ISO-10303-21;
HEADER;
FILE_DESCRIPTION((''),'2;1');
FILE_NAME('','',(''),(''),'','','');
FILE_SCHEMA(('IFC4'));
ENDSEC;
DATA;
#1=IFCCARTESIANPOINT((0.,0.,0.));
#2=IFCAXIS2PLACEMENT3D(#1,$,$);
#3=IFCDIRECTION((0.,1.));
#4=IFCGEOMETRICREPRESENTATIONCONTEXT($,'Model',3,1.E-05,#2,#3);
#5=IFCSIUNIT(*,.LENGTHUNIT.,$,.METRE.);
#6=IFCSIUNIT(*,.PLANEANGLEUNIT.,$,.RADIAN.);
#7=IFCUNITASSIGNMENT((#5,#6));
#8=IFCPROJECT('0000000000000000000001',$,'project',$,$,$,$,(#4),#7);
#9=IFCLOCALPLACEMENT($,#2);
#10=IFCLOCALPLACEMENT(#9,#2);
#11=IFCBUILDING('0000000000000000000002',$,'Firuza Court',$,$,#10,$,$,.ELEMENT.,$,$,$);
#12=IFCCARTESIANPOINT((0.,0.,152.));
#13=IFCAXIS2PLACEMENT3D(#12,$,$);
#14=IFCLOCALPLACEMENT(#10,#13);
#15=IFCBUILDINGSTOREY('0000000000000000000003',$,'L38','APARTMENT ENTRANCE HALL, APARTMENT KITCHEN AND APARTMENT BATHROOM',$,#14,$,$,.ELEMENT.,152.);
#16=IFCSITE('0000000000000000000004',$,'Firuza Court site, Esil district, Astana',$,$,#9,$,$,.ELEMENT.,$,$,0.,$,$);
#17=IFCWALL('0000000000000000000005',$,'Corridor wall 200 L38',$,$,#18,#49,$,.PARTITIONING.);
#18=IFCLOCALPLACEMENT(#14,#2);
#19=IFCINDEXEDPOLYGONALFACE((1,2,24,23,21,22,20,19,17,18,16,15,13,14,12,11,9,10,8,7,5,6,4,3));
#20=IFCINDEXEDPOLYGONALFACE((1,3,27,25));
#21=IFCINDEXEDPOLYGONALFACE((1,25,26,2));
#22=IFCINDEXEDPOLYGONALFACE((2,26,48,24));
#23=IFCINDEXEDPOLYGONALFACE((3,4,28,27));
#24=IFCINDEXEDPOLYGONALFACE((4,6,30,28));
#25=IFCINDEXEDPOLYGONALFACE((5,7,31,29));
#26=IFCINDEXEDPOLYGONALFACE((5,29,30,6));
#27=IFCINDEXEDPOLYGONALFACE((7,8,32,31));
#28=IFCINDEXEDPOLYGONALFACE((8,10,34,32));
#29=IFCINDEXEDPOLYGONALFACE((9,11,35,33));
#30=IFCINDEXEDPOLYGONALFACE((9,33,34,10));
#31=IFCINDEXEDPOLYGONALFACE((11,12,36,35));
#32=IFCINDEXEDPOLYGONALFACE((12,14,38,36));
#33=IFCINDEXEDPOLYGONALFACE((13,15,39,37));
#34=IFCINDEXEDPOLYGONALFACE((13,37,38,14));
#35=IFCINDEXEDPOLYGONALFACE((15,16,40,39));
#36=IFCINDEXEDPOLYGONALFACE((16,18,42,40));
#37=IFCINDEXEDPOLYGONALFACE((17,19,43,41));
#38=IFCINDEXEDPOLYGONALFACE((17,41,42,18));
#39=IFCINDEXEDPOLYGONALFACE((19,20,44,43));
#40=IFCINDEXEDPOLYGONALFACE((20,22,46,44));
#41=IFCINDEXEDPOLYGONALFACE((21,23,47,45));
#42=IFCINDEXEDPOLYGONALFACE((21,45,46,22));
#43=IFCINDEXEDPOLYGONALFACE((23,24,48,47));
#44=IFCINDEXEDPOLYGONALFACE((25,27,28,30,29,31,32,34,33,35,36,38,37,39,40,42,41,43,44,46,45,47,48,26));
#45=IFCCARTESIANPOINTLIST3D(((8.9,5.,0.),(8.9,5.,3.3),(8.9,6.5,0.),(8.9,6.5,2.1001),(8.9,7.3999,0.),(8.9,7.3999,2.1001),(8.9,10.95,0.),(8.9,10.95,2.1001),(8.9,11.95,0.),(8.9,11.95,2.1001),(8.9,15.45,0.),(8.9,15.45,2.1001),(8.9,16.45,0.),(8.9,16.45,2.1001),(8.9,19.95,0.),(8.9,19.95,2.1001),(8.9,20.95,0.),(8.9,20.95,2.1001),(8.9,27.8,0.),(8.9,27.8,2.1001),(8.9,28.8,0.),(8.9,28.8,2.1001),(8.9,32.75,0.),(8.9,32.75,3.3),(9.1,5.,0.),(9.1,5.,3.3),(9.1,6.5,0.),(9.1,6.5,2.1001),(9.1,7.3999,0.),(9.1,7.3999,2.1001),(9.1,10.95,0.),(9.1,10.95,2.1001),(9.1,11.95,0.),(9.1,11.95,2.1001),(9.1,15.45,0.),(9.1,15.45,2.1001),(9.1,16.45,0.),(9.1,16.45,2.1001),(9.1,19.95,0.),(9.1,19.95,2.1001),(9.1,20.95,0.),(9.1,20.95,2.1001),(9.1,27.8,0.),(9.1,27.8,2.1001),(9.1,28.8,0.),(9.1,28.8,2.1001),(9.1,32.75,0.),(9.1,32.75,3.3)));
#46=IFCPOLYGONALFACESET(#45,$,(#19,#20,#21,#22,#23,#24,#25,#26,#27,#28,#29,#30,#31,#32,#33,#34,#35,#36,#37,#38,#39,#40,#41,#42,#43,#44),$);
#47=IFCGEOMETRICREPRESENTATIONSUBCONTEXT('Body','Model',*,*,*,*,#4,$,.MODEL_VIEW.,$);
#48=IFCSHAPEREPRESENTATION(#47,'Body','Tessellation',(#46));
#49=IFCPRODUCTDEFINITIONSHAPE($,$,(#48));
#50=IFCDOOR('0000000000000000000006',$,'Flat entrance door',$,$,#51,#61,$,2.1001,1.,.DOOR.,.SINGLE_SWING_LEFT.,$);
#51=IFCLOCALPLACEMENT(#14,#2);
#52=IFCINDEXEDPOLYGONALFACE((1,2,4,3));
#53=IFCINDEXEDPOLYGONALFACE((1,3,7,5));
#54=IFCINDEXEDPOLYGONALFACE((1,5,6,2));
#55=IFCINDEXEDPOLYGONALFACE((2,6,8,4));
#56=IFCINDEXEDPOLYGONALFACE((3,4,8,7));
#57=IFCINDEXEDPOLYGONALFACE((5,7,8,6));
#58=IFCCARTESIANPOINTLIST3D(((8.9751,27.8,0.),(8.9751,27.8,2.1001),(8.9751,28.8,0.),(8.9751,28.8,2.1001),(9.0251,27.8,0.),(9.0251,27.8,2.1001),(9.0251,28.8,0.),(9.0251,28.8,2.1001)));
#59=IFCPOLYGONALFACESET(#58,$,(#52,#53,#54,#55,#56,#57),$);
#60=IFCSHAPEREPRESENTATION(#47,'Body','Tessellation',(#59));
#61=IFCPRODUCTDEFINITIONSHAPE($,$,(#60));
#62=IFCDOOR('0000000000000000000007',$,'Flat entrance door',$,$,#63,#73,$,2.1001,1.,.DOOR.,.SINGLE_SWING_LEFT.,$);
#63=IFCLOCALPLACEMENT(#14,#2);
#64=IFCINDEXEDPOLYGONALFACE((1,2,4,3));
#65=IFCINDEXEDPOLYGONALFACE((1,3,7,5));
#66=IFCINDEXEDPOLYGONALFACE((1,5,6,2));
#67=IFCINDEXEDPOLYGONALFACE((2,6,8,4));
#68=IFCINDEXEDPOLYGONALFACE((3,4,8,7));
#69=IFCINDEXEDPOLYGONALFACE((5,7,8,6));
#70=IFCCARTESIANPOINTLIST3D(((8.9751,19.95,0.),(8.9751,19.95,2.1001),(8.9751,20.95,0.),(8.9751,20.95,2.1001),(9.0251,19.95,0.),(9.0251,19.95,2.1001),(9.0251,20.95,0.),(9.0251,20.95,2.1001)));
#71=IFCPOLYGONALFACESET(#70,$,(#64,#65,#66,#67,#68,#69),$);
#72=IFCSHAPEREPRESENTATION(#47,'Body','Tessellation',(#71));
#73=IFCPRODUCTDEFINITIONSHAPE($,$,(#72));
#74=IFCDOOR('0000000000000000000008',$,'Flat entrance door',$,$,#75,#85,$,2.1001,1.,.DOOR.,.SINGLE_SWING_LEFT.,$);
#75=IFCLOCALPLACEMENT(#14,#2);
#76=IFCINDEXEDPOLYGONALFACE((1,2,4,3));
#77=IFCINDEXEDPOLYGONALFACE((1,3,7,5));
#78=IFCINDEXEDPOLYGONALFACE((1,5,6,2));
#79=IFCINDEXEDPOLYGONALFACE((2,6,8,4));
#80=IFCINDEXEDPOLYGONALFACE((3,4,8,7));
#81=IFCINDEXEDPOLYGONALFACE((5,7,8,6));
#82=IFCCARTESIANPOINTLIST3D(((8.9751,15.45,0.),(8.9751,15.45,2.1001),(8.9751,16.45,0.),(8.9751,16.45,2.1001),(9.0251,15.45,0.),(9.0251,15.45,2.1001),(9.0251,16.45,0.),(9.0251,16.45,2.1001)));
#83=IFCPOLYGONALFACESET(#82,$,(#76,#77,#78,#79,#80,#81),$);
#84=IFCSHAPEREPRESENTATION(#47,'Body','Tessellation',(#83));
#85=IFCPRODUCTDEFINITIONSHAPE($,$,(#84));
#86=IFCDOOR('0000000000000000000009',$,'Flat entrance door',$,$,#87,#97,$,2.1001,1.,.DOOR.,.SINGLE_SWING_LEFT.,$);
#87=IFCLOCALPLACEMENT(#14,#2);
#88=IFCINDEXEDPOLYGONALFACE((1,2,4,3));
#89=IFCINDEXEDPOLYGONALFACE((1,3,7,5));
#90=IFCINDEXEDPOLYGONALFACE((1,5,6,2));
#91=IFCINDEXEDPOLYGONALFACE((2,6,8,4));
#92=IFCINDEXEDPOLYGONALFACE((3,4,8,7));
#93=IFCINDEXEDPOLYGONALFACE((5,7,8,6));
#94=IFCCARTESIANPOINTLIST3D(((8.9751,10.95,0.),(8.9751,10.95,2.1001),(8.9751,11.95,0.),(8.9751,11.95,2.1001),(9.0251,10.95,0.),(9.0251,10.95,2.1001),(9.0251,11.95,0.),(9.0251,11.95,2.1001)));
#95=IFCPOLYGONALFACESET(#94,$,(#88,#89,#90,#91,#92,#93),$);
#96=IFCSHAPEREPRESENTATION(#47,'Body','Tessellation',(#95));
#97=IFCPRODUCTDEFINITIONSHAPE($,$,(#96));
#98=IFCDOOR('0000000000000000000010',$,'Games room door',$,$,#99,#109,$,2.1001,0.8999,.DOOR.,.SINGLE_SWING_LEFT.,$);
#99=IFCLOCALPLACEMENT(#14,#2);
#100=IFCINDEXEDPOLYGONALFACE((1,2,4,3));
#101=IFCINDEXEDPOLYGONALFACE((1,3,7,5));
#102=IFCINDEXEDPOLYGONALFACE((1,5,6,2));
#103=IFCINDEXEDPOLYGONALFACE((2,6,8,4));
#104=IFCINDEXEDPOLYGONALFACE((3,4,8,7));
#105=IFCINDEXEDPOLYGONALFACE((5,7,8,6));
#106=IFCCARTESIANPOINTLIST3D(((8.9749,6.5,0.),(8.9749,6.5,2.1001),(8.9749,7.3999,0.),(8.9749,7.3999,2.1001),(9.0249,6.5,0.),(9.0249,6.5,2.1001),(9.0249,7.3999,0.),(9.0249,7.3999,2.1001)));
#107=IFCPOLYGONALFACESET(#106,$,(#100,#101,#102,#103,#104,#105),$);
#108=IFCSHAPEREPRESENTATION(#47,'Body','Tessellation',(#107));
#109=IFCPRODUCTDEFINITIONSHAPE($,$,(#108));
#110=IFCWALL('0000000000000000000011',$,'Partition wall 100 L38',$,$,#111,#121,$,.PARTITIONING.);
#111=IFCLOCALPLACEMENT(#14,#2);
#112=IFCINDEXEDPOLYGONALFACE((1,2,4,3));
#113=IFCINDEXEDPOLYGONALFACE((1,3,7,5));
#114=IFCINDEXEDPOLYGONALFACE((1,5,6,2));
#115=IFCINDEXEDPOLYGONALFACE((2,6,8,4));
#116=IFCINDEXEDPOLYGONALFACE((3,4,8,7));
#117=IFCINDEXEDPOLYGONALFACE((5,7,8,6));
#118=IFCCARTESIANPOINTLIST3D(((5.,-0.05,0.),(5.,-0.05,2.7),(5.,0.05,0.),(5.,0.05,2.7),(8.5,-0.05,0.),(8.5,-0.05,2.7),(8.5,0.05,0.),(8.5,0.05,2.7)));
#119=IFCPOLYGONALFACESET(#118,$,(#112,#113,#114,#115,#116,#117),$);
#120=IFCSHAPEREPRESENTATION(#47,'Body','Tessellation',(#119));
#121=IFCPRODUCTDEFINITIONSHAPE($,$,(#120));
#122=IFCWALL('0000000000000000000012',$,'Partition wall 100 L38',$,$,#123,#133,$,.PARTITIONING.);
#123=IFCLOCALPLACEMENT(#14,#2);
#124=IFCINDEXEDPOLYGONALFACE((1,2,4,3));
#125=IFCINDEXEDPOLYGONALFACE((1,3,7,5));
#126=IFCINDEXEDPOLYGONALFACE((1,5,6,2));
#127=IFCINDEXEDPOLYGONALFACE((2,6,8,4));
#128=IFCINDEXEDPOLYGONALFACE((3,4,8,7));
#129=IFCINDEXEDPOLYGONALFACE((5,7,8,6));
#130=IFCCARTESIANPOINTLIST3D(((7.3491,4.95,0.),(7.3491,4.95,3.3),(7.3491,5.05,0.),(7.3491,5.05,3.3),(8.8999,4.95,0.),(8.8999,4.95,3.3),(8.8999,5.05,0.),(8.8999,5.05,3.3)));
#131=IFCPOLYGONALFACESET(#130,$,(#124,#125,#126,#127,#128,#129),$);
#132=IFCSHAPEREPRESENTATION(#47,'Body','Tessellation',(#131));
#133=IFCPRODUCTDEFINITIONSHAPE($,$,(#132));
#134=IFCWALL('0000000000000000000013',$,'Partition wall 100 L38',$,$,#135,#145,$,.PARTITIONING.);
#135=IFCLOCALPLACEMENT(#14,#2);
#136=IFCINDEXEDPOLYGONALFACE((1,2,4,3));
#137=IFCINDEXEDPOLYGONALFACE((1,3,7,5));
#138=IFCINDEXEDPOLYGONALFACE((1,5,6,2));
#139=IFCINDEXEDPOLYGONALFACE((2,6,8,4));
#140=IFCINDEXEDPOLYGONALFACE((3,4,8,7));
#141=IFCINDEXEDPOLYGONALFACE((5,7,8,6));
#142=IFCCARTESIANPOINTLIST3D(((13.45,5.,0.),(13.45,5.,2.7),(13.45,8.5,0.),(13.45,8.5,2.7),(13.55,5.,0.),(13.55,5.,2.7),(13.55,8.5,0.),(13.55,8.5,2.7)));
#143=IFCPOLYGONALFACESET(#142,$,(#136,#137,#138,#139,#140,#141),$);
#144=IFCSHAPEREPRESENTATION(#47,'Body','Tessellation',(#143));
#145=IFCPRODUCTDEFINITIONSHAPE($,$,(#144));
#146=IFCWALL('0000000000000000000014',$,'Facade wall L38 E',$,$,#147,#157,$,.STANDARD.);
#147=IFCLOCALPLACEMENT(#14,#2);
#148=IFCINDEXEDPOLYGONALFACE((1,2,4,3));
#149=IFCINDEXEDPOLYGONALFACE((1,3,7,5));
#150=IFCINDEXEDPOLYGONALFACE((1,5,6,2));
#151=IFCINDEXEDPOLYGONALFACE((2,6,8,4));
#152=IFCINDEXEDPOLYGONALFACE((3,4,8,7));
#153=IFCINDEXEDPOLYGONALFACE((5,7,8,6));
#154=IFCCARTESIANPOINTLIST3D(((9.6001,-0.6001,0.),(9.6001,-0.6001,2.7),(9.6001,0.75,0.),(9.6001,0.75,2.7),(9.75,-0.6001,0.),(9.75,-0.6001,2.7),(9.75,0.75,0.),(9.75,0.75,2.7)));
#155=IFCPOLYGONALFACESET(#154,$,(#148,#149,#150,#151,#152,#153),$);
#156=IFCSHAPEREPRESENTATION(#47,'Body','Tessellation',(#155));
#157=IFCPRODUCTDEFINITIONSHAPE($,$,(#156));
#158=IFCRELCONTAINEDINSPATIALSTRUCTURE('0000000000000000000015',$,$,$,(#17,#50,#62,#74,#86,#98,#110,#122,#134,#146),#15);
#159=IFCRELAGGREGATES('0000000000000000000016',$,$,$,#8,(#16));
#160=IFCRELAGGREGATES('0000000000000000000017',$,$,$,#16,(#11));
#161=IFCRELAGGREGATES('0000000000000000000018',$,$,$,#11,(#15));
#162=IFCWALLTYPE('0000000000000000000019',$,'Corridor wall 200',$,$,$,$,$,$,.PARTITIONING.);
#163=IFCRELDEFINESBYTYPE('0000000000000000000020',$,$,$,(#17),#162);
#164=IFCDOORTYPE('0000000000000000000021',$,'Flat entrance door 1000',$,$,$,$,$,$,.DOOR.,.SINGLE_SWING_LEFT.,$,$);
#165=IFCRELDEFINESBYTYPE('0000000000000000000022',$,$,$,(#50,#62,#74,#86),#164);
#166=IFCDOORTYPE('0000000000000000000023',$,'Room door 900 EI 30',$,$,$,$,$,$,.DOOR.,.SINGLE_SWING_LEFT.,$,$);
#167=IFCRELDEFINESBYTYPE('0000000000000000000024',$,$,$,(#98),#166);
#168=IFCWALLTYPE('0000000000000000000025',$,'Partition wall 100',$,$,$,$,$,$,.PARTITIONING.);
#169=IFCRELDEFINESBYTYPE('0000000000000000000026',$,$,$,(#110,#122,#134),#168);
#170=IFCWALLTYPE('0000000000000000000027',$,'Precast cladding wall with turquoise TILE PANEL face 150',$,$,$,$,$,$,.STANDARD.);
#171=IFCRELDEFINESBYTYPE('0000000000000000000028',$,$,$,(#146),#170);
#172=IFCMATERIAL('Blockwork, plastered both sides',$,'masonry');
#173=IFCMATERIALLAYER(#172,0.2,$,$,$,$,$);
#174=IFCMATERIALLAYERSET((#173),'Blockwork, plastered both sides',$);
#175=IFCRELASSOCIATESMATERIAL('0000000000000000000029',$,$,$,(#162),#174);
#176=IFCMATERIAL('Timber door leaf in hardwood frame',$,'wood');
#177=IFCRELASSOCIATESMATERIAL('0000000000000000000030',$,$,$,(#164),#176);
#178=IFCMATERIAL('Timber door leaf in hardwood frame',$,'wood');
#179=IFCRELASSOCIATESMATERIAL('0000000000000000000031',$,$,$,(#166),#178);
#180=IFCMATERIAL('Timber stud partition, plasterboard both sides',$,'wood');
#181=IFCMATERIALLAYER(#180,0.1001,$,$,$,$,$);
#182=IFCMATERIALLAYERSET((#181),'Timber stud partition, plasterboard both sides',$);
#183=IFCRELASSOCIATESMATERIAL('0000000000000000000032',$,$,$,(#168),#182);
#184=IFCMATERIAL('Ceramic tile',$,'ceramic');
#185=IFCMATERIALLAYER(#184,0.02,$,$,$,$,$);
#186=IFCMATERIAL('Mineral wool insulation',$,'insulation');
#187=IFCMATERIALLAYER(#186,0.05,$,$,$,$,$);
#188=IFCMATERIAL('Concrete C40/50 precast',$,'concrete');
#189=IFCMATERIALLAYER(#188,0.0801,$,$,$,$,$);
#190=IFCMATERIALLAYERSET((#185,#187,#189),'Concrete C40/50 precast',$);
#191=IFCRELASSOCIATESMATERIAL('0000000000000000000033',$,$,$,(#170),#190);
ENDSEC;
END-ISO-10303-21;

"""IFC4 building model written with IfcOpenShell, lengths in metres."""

from ifc_helpers import new_model, si_unit, direction, frame, frame_2d, origin, place, context, subcontext, project, spatial, rectangle, extrude, material, layer, layer_set, type_object, element, fill, save


model = new_model("IFC4")

# Units and contexts
model_context = context("Model", 3, precision=1e-05, world=origin(), true_north=direction((0.0, 1.0)))
body_context = subcontext(model_context, "Body", "Model", "MODEL_VIEW")
ifc_project = project(units=[si_unit("LENGTHUNIT", "METRE"), si_unit("PLANEANGLEUNIT", "RADIAN")], contexts=[model_context])

# Site, building, storey
site_placement = place(None, origin())
site = spatial("IfcSite", under=ifc_project, at=site_placement, Name="Firuza Court site, Esil district, Astana", CompositionType="ELEMENT", RefElevation=0.0)
building_placement = place(site_placement, origin())
building = spatial("IfcBuilding", under=site, at=building_placement, Name="Firuza Court", CompositionType="ELEMENT")
storey_placement = place(building_placement, frame((0.0, 0.0, 152.0)))
storey = spatial("IfcBuildingStorey", under=building, at=storey_placement, Name="L38", Description="APARTMENT ENTRANCE HALL, APARTMENT KITCHEN AND APARTMENT BATHROOM", CompositionType="ELEMENT", Elevation=152.0)

# Wall, openings, doors
ifc_material_1 = material(Name="Blockwork, plastered both sides", Category="masonry")
ifc_layer_1 = layer(ifc_material_1, 0.2)
ifc_layer_set_1 = layer_set([ifc_layer_1], Name="Blockwork, plastered both sides")
wall_type_1 = type_object("IfcWallType", Name="Corridor wall 200", PredefinedType="PARTITIONING", material=ifc_layer_set_1)
wall_1_placement = place(storey_placement, frame((9.0, 5.0, 0.0), z_axis=(0.0, 0.0, 1.0), x_axis=(0.0, 1.0, 0.0)))
wall_1 = element("IfcWall", 1, at=wall_1_placement, inside=storey, type_object=wall_type_1, Name="Corridor wall 200 L38", PredefinedType="PARTITIONING", context=body_context, shape_type="SweptSolid", body=[
    extrude(rectangle(XDim=27.75, YDim=0.2, at=frame_2d((13.875, 0.0))), origin(), (0.0, 0.0, 1.0), 3.3),
])
opening_1_placement = place(wall_1_placement, frame((22.8, 0.0, 0.0)))
opening_1 = element("IfcOpeningElement", 2, at=opening_1_placement, cuts=wall_1, PredefinedType="OPENING", context=body_context, shape_type="SweptSolid", body=[
    extrude(rectangle(XDim=1.0, YDim=2.1001, at=frame_2d((0.5, 1.05))), frame((0.0, 0.1118, 0.0), z_axis=(0.0, -1.0, 0.0), x_axis=(1.0, 0.0, 0.0)), (0.0, 0.0, 1.0), 0.2239),
])
opening_2_placement = place(wall_1_placement, frame((14.95, 0.0, 0.0)))
opening_2 = element("IfcOpeningElement", 3, at=opening_2_placement, cuts=wall_1, PredefinedType="OPENING", context=body_context, shape_type="SweptSolid", body=[
    extrude(rectangle(XDim=1.0, YDim=2.1001, at=frame_2d((0.5, 1.05))), frame((0.0, 0.1118, 0.0), z_axis=(0.0, -1.0, 0.0), x_axis=(1.0, 0.0, 0.0)), (0.0, 0.0, 1.0), 0.2239),
])
opening_3_placement = place(wall_1_placement, frame((10.45, 0.0, 0.0)))
opening_3 = element("IfcOpeningElement", 4, at=opening_3_placement, cuts=wall_1, PredefinedType="OPENING", context=body_context, shape_type="SweptSolid", body=[
    extrude(rectangle(XDim=1.0, YDim=2.1001, at=frame_2d((0.5, 1.05))), frame((0.0, 0.1118, 0.0), z_axis=(0.0, -1.0, 0.0), x_axis=(1.0, 0.0, 0.0)), (0.0, 0.0, 1.0), 0.2239),
])
opening_4_placement = place(wall_1_placement, frame((5.95, 0.0, 0.0)))
opening_4 = element("IfcOpeningElement", 5, at=opening_4_placement, cuts=wall_1, PredefinedType="OPENING", context=body_context, shape_type="SweptSolid", body=[
    extrude(rectangle(XDim=1.0, YDim=2.1001, at=frame_2d((0.5, 1.05))), frame((0.0, 0.1118, 0.0), z_axis=(0.0, -1.0, 0.0), x_axis=(1.0, 0.0, 0.0)), (0.0, 0.0, 1.0), 0.2239),
])
opening_5_placement = place(wall_1_placement, frame((1.5, 0.0, 0.0)))
opening_5 = element("IfcOpeningElement", 6, at=opening_5_placement, cuts=wall_1, PredefinedType="OPENING", context=body_context, shape_type="SweptSolid", body=[
    extrude(rectangle(XDim=0.8999, YDim=2.1001, at=frame_2d((0.45, 1.05))), frame((0.0, 0.1118, 0.0), z_axis=(0.0, -1.0, 0.0), x_axis=(1.0, 0.0, 0.0)), (0.0, 0.0, 1.0), 0.2239),
])
ifc_material_2 = material(Name="Timber door leaf in hardwood frame", Category="wood")
door_type_1 = type_object("IfcDoorType", Name="Flat entrance door 1000", OperationType="SINGLE_SWING_LEFT", PredefinedType="DOOR", material=ifc_material_2)
door_1_placement = place(opening_1_placement, origin())
door_1 = element("IfcDoor", 7, at=door_1_placement, inside=storey, type_object=door_type_1, Name="Flat entrance door", OperationType="SINGLE_SWING_LEFT", OverallHeight=2.1001, OverallWidth=1.0, PredefinedType="DOOR", context=body_context, shape_type="SweptSolid", body=[
    extrude(rectangle(XDim=1.0, YDim=2.1001, at=frame_2d((0.5, 1.05))), frame((0.0, 0.0249, 0.0), z_axis=(0.0, -1.0, 0.0), x_axis=(1.0, 0.0, 0.0)), (0.0, 0.0, 1.0), 0.05),
])
fill(opening_1, door_1)
door_2_placement = place(opening_2_placement, origin())
door_2 = element("IfcDoor", 8, at=door_2_placement, inside=storey, type_object=door_type_1, Name="Flat entrance door", OperationType="SINGLE_SWING_LEFT", OverallHeight=2.1001, OverallWidth=1.0, PredefinedType="DOOR", context=body_context, shape_type="SweptSolid", body=[
    extrude(rectangle(XDim=1.0, YDim=2.1001, at=frame_2d((0.5, 1.05))), frame((0.0, 0.0249, 0.0), z_axis=(0.0, -1.0, 0.0), x_axis=(1.0, 0.0, 0.0)), (0.0, 0.0, 1.0), 0.05),
])
fill(opening_2, door_2)
door_3_placement = place(opening_3_placement, origin())
door_3 = element("IfcDoor", 9, at=door_3_placement, inside=storey, type_object=door_type_1, Name="Flat entrance door", OperationType="SINGLE_SWING_LEFT", OverallHeight=2.1001, OverallWidth=1.0, PredefinedType="DOOR", context=body_context, shape_type="SweptSolid", body=[
    extrude(rectangle(XDim=1.0, YDim=2.1001, at=frame_2d((0.5, 1.05))), frame((0.0, 0.0249, 0.0), z_axis=(0.0, -1.0, 0.0), x_axis=(1.0, 0.0, 0.0)), (0.0, 0.0, 1.0), 0.05),
])
fill(opening_3, door_3)
door_4_placement = place(opening_4_placement, origin())
door_4 = element("IfcDoor", 10, at=door_4_placement, inside=storey, type_object=door_type_1, Name="Flat entrance door", OperationType="SINGLE_SWING_LEFT", OverallHeight=2.1001, OverallWidth=1.0, PredefinedType="DOOR", context=body_context, shape_type="SweptSolid", body=[
    extrude(rectangle(XDim=1.0, YDim=2.1001, at=frame_2d((0.5, 1.05))), frame((0.0, 0.0249, 0.0), z_axis=(0.0, -1.0, 0.0), x_axis=(1.0, 0.0, 0.0)), (0.0, 0.0, 1.0), 0.05),
])
fill(opening_4, door_4)
ifc_material_3 = material(Name="Timber door leaf in hardwood frame", Category="wood")
door_type_2 = type_object("IfcDoorType", Name="Room door 900 EI 30", OperationType="SINGLE_SWING_LEFT", PredefinedType="DOOR", material=ifc_material_3)
door_5_placement = place(opening_5_placement, frame((0.8999, 0.0, 0.0), z_axis=(0.0, 0.0, 1.0), x_axis=(-1.0, 0.0, 0.0)))
door_5 = element("IfcDoor", 11, at=door_5_placement, inside=storey, type_object=door_type_2, Name="Games room door", OperationType="SINGLE_SWING_LEFT", OverallHeight=2.1001, OverallWidth=0.8999, PredefinedType="DOOR", context=body_context, shape_type="SweptSolid", body=[
    extrude(rectangle(XDim=0.8999, YDim=2.1001, at=frame_2d((0.45, 1.05))), frame((0.0, 0.0249, 0.0), z_axis=(0.0, -1.0, 0.0), x_axis=(1.0, 0.0, 0.0)), (0.0, 0.0, 1.0), 0.05),
])
fill(opening_5, door_5)

# Walls
ifc_material_4 = material(Name="Timber stud partition, plasterboard both sides", Category="wood")
ifc_layer_2 = layer(ifc_material_4, 0.1001)
ifc_layer_set_2 = layer_set([ifc_layer_2], Name="Timber stud partition, plasterboard both sides")
wall_type_2 = type_object("IfcWallType", Name="Partition wall 100", PredefinedType="PARTITIONING", material=ifc_layer_set_2)
wall_2_placement = place(storey_placement, frame((5.0, 0.0, 0.0), z_axis=(0.0, 0.0, 1.0), x_axis=(1.0, 0.0, 0.0)))
element("IfcWall", 12, at=wall_2_placement, inside=storey, type_object=wall_type_2, Name="Partition wall 100 L38", PredefinedType="PARTITIONING", context=body_context, shape_type="SweptSolid", body=[
    extrude(rectangle(XDim=3.5, YDim=0.1001, at=frame_2d((1.75, 0.0))), origin(), (0.0, 0.0, 1.0), 2.7),
])
wall_3_placement = place(storey_placement, frame((7.3491, 5.0, 0.0), z_axis=(0.0, 0.0, 1.0), x_axis=(1.0, 0.0, 0.0)))
element("IfcWall", 13, at=wall_3_placement, inside=storey, type_object=wall_type_2, Name="Partition wall 100 L38", PredefinedType="PARTITIONING", context=body_context, shape_type="SweptSolid", body=[
    extrude(rectangle(XDim=1.5508, YDim=0.1001, at=frame_2d((0.7754, 0.0))), origin(), (0.0, 0.0, 1.0), 3.3),
])
wall_4_placement = place(storey_placement, frame((13.5, 5.0, 0.0), z_axis=(0.0, 0.0, 1.0), x_axis=(0.0, 1.0, 0.0)))
element("IfcWall", 14, at=wall_4_placement, inside=storey, type_object=wall_type_2, Name="Partition wall 100 L38", PredefinedType="PARTITIONING", context=body_context, shape_type="SweptSolid", body=[
    extrude(rectangle(XDim=3.5, YDim=0.1001, at=frame_2d((1.75, 0.0))), origin(), (0.0, 0.0, 1.0), 2.7),
])
ifc_material_5 = material(Name="Ceramic tile", Category="ceramic")
ifc_layer_3 = layer(ifc_material_5, 0.02)
ifc_material_6 = material(Name="Mineral wool insulation", Category="insulation")
ifc_layer_4 = layer(ifc_material_6, 0.05)
ifc_material_7 = material(Name="Concrete C40/50 precast", Category="concrete")
ifc_layer_5 = layer(ifc_material_7, 0.0801)
ifc_layer_set_3 = layer_set([ifc_layer_3, ifc_layer_4, ifc_layer_5], Name="Concrete C40/50 precast")
wall_type_3 = type_object("IfcWallType", Name="Precast cladding wall with turquoise TILE PANEL face 150", PredefinedType="STANDARD", material=ifc_layer_set_3)
wall_5_placement = place(storey_placement, frame((9.675, -0.6001, 0.0), z_axis=(0.0, 0.0, 1.0), x_axis=(0.0, 1.0, 0.0)))
element("IfcWall", 15, at=wall_5_placement, inside=storey, type_object=wall_type_3, Name="Facade wall L38 E", PredefinedType="STANDARD", context=body_context, shape_type="SweptSolid", body=[
    extrude(rectangle(XDim=1.3501, YDim=0.1499, at=frame_2d((0.675, 0.0))), origin(), (0.0, 0.0, 1.0), 2.7),
])

save(model, "model.ifc")
